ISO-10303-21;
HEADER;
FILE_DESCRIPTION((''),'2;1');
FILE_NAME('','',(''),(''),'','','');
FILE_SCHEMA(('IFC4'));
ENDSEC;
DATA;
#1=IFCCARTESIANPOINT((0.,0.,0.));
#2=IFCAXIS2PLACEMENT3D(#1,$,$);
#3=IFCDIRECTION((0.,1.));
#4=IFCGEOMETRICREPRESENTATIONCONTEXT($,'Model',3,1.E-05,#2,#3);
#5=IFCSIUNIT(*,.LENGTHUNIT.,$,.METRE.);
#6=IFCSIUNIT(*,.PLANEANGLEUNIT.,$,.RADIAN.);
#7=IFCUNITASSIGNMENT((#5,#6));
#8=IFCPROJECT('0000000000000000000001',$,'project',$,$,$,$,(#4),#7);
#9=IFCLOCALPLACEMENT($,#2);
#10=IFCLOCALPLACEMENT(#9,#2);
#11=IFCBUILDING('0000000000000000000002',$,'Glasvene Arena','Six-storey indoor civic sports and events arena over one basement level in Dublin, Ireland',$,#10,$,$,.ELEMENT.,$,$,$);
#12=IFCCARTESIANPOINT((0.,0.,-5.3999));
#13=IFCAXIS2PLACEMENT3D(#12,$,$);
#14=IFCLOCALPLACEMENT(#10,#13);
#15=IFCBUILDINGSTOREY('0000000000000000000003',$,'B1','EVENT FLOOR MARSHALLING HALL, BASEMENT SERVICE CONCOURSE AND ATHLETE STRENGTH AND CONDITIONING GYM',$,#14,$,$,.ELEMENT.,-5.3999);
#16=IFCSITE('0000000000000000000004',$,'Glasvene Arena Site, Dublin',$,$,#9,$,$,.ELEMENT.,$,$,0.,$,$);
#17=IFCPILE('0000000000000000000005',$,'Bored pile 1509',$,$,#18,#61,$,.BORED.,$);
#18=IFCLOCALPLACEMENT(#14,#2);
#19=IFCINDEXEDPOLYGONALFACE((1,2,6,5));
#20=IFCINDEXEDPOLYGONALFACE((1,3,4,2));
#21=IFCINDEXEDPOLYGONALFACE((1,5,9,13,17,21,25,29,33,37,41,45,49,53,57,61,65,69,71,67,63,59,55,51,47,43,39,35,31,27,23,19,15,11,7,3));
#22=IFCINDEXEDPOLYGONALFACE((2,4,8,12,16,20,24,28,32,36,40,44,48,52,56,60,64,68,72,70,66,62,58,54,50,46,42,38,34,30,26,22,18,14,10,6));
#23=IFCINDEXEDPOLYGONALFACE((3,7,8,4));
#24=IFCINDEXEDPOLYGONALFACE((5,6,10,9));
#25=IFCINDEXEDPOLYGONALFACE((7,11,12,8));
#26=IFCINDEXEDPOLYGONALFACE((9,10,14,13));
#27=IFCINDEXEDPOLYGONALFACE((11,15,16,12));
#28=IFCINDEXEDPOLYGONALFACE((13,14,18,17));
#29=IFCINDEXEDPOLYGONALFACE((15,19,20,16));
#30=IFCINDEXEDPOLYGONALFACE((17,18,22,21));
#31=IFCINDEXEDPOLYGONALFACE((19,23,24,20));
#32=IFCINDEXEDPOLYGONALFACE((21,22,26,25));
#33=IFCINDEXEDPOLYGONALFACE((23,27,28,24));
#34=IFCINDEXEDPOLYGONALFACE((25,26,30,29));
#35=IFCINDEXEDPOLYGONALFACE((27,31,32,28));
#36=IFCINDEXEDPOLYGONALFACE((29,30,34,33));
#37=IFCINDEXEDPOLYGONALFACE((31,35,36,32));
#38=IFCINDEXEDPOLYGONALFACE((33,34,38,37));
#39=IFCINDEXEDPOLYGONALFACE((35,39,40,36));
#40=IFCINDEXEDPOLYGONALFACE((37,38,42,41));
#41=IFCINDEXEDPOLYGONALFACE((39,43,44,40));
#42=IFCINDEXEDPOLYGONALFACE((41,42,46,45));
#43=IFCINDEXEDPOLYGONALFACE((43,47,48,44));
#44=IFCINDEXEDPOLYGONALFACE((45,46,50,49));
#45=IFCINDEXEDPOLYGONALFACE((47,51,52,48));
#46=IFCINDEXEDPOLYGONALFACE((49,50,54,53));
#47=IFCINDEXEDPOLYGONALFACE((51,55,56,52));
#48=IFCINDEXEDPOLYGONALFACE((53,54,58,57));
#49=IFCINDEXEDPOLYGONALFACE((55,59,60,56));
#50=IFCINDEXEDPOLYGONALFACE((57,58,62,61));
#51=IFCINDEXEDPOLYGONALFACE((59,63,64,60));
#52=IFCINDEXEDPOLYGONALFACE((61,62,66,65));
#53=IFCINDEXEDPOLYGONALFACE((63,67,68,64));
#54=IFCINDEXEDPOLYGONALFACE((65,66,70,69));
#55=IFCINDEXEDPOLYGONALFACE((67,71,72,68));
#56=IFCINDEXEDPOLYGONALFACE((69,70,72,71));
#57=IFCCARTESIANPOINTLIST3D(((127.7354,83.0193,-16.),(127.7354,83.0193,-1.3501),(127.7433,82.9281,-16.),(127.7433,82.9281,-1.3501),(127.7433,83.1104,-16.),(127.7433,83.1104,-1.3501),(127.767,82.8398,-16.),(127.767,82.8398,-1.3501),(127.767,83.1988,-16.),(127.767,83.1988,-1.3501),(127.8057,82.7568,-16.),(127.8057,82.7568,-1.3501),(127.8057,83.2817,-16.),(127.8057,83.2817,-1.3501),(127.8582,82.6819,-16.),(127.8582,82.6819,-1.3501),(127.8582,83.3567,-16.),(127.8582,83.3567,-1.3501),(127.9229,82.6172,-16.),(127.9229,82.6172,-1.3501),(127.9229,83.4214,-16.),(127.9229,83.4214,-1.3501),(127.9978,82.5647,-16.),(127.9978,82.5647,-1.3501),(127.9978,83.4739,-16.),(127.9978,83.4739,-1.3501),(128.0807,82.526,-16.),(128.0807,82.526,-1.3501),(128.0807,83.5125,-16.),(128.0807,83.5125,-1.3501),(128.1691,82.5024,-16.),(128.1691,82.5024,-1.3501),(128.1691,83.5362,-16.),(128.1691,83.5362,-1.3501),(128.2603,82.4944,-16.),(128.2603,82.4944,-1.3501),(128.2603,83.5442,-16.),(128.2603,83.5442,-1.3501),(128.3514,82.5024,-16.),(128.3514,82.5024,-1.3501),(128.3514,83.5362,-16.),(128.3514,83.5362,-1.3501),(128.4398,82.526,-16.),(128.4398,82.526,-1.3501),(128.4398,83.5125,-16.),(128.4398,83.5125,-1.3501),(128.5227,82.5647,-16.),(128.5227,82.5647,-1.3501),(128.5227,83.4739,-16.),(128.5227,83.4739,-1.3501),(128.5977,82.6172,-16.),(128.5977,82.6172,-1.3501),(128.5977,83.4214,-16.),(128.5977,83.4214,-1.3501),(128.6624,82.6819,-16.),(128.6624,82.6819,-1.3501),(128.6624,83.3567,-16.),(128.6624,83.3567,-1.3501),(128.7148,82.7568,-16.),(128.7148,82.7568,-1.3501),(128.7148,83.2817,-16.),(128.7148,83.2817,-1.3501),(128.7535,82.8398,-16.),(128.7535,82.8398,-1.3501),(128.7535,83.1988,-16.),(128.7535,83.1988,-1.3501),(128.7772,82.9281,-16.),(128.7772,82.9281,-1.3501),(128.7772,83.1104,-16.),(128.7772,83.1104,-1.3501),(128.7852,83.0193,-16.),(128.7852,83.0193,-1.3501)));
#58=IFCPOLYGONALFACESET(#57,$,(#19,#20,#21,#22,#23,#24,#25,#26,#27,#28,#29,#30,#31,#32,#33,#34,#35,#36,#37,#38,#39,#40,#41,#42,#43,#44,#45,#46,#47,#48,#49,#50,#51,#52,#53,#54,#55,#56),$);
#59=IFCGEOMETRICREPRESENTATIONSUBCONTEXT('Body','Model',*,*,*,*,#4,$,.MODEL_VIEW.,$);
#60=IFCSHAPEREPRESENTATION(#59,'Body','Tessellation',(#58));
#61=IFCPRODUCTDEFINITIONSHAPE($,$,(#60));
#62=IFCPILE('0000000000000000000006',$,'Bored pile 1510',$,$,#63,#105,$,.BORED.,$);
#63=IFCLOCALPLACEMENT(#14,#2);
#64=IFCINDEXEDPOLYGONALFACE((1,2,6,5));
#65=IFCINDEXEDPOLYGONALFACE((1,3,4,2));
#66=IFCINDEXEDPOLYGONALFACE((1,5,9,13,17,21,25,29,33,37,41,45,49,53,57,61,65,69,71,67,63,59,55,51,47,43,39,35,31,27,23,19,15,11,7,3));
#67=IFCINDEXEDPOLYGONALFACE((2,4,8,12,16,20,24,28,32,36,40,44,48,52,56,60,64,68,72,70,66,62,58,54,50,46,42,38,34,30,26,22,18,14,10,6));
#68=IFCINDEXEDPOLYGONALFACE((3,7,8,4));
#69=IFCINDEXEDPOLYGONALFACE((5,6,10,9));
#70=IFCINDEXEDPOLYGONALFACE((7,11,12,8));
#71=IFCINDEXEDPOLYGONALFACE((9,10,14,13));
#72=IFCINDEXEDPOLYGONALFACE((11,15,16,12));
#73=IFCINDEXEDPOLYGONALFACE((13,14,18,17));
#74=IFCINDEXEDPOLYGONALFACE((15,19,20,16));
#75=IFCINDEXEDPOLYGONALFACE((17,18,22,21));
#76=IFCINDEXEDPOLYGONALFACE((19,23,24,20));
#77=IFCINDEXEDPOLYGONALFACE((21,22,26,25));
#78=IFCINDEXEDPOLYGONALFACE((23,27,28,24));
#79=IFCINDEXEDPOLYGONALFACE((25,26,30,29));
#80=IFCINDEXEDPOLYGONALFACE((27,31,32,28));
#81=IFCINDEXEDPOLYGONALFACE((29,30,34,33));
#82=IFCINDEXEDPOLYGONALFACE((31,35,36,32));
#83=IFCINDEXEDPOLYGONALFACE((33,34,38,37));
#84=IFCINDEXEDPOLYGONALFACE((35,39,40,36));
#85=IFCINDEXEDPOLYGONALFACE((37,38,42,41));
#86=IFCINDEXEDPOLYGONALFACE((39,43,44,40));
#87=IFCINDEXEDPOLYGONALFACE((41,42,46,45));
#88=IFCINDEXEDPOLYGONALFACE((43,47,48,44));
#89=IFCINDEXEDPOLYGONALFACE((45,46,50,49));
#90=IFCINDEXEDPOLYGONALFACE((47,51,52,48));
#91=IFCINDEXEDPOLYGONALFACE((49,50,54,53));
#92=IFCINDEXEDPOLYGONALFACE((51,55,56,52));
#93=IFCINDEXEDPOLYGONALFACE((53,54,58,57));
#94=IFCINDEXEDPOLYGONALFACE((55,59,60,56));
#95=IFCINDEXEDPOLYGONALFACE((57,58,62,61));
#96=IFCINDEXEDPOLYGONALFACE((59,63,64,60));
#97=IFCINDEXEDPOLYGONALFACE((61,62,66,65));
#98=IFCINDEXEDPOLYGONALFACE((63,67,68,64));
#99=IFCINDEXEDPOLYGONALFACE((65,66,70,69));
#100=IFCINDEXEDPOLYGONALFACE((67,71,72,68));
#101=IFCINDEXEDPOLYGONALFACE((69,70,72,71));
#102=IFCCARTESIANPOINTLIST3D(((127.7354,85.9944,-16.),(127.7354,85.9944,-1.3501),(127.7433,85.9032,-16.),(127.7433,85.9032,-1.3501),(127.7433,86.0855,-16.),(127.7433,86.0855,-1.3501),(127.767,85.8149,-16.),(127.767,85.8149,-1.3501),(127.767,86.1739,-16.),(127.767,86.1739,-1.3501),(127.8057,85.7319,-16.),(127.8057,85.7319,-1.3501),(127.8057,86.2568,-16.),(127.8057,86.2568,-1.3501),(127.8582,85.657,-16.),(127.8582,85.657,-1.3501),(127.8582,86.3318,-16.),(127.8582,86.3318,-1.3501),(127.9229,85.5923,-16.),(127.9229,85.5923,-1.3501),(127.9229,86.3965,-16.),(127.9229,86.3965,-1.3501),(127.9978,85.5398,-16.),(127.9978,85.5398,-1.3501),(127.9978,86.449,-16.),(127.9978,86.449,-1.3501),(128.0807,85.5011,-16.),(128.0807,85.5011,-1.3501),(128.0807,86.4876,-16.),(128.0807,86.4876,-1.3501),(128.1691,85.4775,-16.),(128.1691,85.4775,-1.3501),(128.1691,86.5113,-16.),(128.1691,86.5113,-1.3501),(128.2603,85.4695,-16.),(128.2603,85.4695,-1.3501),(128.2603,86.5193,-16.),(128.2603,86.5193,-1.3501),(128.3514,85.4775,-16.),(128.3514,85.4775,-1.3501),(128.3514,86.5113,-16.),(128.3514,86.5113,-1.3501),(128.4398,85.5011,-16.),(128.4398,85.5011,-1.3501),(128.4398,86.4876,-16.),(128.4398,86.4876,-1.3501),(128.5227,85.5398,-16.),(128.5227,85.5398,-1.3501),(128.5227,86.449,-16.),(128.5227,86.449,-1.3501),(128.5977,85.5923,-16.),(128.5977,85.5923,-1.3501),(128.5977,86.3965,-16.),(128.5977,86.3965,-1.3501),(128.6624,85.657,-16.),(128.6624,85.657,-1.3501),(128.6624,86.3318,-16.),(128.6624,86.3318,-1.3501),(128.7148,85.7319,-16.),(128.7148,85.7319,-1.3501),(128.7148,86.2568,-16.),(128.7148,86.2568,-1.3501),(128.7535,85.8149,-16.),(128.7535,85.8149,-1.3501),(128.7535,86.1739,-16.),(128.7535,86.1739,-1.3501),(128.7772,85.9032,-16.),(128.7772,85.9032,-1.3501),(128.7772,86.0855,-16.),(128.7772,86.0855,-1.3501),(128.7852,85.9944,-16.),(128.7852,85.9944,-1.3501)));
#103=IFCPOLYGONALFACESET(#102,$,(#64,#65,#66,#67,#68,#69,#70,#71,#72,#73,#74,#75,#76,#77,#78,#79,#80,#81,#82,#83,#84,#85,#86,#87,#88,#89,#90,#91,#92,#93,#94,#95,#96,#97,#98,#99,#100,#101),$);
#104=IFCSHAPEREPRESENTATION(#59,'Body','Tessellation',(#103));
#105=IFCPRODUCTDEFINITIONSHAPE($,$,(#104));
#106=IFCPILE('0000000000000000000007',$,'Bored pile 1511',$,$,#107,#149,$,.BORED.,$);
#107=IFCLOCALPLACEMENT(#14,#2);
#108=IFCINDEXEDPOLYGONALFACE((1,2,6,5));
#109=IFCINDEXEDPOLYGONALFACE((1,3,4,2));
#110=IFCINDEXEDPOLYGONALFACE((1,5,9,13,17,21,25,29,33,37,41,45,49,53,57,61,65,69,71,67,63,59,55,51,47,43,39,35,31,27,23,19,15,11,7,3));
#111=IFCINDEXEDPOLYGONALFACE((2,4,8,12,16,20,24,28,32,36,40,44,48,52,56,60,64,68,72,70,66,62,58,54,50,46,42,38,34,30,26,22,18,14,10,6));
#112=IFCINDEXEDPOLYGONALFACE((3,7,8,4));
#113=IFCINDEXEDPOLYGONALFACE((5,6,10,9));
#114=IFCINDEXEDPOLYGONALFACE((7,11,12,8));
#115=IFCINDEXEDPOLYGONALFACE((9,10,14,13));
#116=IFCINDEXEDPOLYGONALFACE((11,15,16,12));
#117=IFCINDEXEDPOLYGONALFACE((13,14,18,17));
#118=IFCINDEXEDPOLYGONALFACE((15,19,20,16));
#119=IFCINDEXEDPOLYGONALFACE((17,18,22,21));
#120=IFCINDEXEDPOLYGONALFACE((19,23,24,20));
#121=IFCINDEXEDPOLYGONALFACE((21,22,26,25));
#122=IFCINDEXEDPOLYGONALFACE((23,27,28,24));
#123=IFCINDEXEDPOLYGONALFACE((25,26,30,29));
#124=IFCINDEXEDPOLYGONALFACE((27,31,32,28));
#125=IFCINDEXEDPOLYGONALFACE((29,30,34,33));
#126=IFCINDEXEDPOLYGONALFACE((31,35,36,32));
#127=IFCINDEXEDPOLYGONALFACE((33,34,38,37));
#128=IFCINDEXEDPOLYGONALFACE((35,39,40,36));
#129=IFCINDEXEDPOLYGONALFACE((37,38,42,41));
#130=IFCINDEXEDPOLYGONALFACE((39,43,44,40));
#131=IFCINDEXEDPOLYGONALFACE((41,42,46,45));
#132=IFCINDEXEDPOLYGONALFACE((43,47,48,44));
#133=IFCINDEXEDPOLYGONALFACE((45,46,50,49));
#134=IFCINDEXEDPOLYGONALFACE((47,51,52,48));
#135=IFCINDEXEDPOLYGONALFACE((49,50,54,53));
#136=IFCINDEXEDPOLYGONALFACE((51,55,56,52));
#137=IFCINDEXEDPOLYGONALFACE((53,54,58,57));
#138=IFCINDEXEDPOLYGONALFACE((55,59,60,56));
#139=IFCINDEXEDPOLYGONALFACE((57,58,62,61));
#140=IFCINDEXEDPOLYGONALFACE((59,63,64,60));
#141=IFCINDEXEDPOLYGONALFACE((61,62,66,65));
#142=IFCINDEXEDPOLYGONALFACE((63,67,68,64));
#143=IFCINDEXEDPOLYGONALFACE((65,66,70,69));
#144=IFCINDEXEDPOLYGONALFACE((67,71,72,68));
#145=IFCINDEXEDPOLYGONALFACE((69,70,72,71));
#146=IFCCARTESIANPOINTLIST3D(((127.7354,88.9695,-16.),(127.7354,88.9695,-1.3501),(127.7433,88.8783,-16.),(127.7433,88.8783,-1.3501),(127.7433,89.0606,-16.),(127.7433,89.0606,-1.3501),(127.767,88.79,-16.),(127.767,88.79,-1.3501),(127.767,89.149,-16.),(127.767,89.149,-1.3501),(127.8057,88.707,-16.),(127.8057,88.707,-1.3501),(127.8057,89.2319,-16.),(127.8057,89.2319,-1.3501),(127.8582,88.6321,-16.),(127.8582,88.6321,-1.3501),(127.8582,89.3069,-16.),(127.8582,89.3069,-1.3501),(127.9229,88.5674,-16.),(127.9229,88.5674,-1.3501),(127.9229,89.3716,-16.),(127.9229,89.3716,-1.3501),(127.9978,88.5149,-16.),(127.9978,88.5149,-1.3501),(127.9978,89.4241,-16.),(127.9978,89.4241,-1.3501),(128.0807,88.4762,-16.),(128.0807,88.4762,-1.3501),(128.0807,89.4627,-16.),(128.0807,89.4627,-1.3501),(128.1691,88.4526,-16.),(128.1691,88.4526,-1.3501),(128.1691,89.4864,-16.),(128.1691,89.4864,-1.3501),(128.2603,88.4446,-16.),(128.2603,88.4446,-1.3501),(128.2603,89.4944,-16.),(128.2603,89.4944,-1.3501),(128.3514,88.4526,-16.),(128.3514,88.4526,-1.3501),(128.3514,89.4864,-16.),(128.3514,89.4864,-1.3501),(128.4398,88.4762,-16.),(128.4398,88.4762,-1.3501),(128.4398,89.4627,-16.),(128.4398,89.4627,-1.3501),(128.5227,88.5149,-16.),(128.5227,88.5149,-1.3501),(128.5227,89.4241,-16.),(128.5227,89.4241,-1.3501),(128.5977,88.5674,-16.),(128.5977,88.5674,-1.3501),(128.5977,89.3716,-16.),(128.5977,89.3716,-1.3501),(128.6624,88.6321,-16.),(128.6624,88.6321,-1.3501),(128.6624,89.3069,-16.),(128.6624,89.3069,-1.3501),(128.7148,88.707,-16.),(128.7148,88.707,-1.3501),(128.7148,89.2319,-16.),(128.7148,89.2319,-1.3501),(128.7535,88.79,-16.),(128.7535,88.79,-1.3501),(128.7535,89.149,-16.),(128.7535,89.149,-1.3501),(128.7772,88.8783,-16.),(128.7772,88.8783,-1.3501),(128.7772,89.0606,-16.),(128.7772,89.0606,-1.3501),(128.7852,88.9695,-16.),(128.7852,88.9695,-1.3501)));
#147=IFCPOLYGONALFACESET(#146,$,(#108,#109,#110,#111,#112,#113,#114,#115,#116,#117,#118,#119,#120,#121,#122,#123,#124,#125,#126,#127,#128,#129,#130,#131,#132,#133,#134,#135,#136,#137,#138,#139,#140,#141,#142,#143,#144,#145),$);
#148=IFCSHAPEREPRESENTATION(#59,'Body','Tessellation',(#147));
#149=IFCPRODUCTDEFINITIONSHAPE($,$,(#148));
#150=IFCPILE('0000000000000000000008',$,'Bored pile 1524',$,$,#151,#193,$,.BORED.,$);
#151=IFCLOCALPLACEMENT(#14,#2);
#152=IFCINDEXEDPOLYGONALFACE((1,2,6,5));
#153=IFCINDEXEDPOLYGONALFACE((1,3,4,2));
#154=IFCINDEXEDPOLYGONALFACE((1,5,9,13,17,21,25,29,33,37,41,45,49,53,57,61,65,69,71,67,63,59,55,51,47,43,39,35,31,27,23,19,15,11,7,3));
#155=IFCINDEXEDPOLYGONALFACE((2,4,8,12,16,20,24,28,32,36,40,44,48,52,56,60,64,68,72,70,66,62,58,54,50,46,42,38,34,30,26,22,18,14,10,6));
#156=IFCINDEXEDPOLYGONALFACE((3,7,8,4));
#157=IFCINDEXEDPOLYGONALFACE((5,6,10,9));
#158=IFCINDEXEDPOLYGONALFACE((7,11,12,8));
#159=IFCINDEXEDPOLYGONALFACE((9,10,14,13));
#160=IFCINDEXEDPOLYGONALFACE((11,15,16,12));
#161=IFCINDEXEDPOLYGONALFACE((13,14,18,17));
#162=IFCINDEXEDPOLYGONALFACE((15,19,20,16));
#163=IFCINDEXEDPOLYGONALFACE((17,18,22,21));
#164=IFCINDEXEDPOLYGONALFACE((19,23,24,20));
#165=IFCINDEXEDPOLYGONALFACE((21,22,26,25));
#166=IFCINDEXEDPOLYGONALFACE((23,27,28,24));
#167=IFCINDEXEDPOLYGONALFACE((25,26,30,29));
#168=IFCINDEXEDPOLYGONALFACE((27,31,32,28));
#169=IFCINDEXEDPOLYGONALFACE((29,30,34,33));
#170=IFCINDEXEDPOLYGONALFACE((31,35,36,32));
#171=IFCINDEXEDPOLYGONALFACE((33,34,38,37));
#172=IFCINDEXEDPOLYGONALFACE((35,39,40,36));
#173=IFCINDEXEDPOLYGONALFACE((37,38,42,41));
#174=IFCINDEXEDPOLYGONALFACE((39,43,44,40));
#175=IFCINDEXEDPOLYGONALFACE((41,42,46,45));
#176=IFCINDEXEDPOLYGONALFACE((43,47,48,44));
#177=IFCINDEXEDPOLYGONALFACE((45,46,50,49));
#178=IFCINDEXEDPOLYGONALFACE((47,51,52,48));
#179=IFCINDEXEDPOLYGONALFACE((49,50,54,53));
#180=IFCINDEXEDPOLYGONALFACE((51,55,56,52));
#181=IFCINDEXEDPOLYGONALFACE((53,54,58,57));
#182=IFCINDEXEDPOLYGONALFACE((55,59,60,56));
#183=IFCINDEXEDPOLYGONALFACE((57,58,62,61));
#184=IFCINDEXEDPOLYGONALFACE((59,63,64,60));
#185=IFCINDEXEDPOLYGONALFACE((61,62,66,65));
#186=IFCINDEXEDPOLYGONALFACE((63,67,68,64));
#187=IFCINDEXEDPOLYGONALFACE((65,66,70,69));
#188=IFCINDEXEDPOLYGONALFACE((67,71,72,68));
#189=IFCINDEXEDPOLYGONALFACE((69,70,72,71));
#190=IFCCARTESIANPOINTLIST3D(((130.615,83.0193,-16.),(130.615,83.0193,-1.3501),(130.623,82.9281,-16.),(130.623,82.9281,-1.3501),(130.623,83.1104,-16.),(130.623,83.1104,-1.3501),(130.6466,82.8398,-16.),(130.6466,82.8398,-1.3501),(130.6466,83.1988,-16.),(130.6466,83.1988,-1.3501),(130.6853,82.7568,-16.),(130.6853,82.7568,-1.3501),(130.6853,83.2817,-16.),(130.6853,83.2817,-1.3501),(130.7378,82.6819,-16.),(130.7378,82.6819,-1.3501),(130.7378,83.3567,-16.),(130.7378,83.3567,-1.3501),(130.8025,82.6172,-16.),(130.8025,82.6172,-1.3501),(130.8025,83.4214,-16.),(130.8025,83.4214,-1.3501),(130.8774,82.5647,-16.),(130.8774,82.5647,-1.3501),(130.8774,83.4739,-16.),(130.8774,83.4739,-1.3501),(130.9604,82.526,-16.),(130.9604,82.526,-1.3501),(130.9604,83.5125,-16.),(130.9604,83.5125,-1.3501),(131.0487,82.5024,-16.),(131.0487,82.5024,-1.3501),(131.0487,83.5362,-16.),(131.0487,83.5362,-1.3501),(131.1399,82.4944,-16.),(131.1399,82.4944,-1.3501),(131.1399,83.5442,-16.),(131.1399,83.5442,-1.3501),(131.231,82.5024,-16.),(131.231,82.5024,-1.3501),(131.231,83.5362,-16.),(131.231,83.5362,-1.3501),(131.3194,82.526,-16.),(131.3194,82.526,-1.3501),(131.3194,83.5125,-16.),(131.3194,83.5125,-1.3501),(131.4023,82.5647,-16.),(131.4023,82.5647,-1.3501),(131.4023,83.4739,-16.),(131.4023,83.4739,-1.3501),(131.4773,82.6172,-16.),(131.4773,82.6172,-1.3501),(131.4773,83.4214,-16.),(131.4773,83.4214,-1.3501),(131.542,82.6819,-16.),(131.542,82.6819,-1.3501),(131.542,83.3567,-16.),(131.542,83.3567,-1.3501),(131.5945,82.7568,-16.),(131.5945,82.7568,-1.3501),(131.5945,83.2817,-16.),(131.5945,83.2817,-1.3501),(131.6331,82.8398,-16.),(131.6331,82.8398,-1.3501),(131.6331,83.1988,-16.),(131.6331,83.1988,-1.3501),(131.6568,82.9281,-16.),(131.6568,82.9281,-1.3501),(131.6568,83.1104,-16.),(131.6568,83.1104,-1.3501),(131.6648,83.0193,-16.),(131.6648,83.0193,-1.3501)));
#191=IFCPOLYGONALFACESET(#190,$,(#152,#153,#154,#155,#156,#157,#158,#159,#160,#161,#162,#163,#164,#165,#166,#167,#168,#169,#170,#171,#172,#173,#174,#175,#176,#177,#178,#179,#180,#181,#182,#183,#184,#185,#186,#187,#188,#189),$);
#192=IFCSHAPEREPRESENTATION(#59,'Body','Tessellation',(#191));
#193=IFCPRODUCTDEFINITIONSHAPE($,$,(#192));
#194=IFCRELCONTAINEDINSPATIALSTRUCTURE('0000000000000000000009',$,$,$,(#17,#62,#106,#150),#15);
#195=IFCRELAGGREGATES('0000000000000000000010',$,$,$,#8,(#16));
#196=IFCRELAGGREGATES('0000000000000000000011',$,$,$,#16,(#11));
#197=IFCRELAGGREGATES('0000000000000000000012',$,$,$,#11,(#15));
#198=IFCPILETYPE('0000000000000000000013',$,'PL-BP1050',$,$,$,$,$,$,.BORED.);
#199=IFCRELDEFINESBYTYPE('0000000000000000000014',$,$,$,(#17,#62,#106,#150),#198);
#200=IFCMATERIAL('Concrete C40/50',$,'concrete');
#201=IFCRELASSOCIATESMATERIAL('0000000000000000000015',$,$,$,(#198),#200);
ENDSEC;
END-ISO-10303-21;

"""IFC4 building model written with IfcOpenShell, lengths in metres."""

from ifc_helpers import new_model, si_unit, direction, frame, origin, origin_2d, place, context, subcontext, project, spatial, circle, extrude, material, material_profile, profile_set, type_object, element, save


model = new_model("IFC4")

# Units and contexts
model_context = context("Model", 3, precision=1e-05, world=origin(), true_north=direction((0.0, 1.0)))
body_context = subcontext(model_context, "Body", "Model", "MODEL_VIEW")
ifc_project = project(units=[si_unit("LENGTHUNIT", "METRE"), si_unit("PLANEANGLEUNIT", "RADIAN")], contexts=[model_context])

# Site, building, storey
site_placement = place(None, origin())
site = spatial("IfcSite", under=ifc_project, at=site_placement, Name="Glasvene Arena Site, Dublin", CompositionType="ELEMENT", RefElevation=0.0)
building_placement = place(site_placement, origin())
building = spatial("IfcBuilding", under=site, at=building_placement, Name="Glasvene Arena", Description="Six-storey indoor civic sports and events arena over one basement level in Dublin, Ireland", CompositionType="ELEMENT")
storey_placement = place(building_placement, frame((0.0, 0.0, -5.3999)))
storey = spatial("IfcBuildingStorey", under=building, at=storey_placement, Name="B1", Description="EVENT FLOOR MARSHALLING HALL, BASEMENT SERVICE CONCOURSE AND ATHLETE STRENGTH AND CONDITIONING GYM", CompositionType="ELEMENT", Elevation=-5.3999)

# Piles
ifc_material_1 = material(Name="Concrete C40/50", Category="concrete")
ifc_material_profile_1 = material_profile(ifc_material_1, circle(Radius=0.5249, at=origin_2d()), Name="BORED PILE 1050")
ifc_profile_set_1 = profile_set([ifc_material_profile_1], Name="Concrete C40/50")
pile_type = type_object("IfcPileType", Name="PL-BP1050", PredefinedType="BORED", material=ifc_profile_set_1)
for number, where, z_axis, x_axis, name in (
    (1, (128.2603, 83.0193, -1.3501), (0.0, 0.0, -1.0), (1.0, 0.0, 0.0), "Bored pile 1509"),
    (2, (128.2603, 85.9944, -1.3501), (0.0, 0.0, -1.0), (1.0, 0.0, 0.0), "Bored pile 1510"),
    (3, (128.2603, 88.9695, -1.3501), (0.0, 0.0, -1.0), (1.0, 0.0, 0.0), "Bored pile 1511"),
    (4, (131.1399, 83.0193, -1.3501), (0.0, 0.0, -1.0), (1.0, 0.0, 0.0), "Bored pile 1524"),
):
    element("IfcPile", number, at=place(storey_placement, frame(where, z_axis=z_axis, x_axis=x_axis)), inside=storey, type_object=pile_type, Name=name, PredefinedType="BORED", context=body_context, shape_type="SweptSolid", body=[
        extrude(circle(Radius=0.5249, at=origin_2d()), origin(), (0.0, 0.0, 1.0), 14.6499),
    ])

save(model, "model.ifc")
